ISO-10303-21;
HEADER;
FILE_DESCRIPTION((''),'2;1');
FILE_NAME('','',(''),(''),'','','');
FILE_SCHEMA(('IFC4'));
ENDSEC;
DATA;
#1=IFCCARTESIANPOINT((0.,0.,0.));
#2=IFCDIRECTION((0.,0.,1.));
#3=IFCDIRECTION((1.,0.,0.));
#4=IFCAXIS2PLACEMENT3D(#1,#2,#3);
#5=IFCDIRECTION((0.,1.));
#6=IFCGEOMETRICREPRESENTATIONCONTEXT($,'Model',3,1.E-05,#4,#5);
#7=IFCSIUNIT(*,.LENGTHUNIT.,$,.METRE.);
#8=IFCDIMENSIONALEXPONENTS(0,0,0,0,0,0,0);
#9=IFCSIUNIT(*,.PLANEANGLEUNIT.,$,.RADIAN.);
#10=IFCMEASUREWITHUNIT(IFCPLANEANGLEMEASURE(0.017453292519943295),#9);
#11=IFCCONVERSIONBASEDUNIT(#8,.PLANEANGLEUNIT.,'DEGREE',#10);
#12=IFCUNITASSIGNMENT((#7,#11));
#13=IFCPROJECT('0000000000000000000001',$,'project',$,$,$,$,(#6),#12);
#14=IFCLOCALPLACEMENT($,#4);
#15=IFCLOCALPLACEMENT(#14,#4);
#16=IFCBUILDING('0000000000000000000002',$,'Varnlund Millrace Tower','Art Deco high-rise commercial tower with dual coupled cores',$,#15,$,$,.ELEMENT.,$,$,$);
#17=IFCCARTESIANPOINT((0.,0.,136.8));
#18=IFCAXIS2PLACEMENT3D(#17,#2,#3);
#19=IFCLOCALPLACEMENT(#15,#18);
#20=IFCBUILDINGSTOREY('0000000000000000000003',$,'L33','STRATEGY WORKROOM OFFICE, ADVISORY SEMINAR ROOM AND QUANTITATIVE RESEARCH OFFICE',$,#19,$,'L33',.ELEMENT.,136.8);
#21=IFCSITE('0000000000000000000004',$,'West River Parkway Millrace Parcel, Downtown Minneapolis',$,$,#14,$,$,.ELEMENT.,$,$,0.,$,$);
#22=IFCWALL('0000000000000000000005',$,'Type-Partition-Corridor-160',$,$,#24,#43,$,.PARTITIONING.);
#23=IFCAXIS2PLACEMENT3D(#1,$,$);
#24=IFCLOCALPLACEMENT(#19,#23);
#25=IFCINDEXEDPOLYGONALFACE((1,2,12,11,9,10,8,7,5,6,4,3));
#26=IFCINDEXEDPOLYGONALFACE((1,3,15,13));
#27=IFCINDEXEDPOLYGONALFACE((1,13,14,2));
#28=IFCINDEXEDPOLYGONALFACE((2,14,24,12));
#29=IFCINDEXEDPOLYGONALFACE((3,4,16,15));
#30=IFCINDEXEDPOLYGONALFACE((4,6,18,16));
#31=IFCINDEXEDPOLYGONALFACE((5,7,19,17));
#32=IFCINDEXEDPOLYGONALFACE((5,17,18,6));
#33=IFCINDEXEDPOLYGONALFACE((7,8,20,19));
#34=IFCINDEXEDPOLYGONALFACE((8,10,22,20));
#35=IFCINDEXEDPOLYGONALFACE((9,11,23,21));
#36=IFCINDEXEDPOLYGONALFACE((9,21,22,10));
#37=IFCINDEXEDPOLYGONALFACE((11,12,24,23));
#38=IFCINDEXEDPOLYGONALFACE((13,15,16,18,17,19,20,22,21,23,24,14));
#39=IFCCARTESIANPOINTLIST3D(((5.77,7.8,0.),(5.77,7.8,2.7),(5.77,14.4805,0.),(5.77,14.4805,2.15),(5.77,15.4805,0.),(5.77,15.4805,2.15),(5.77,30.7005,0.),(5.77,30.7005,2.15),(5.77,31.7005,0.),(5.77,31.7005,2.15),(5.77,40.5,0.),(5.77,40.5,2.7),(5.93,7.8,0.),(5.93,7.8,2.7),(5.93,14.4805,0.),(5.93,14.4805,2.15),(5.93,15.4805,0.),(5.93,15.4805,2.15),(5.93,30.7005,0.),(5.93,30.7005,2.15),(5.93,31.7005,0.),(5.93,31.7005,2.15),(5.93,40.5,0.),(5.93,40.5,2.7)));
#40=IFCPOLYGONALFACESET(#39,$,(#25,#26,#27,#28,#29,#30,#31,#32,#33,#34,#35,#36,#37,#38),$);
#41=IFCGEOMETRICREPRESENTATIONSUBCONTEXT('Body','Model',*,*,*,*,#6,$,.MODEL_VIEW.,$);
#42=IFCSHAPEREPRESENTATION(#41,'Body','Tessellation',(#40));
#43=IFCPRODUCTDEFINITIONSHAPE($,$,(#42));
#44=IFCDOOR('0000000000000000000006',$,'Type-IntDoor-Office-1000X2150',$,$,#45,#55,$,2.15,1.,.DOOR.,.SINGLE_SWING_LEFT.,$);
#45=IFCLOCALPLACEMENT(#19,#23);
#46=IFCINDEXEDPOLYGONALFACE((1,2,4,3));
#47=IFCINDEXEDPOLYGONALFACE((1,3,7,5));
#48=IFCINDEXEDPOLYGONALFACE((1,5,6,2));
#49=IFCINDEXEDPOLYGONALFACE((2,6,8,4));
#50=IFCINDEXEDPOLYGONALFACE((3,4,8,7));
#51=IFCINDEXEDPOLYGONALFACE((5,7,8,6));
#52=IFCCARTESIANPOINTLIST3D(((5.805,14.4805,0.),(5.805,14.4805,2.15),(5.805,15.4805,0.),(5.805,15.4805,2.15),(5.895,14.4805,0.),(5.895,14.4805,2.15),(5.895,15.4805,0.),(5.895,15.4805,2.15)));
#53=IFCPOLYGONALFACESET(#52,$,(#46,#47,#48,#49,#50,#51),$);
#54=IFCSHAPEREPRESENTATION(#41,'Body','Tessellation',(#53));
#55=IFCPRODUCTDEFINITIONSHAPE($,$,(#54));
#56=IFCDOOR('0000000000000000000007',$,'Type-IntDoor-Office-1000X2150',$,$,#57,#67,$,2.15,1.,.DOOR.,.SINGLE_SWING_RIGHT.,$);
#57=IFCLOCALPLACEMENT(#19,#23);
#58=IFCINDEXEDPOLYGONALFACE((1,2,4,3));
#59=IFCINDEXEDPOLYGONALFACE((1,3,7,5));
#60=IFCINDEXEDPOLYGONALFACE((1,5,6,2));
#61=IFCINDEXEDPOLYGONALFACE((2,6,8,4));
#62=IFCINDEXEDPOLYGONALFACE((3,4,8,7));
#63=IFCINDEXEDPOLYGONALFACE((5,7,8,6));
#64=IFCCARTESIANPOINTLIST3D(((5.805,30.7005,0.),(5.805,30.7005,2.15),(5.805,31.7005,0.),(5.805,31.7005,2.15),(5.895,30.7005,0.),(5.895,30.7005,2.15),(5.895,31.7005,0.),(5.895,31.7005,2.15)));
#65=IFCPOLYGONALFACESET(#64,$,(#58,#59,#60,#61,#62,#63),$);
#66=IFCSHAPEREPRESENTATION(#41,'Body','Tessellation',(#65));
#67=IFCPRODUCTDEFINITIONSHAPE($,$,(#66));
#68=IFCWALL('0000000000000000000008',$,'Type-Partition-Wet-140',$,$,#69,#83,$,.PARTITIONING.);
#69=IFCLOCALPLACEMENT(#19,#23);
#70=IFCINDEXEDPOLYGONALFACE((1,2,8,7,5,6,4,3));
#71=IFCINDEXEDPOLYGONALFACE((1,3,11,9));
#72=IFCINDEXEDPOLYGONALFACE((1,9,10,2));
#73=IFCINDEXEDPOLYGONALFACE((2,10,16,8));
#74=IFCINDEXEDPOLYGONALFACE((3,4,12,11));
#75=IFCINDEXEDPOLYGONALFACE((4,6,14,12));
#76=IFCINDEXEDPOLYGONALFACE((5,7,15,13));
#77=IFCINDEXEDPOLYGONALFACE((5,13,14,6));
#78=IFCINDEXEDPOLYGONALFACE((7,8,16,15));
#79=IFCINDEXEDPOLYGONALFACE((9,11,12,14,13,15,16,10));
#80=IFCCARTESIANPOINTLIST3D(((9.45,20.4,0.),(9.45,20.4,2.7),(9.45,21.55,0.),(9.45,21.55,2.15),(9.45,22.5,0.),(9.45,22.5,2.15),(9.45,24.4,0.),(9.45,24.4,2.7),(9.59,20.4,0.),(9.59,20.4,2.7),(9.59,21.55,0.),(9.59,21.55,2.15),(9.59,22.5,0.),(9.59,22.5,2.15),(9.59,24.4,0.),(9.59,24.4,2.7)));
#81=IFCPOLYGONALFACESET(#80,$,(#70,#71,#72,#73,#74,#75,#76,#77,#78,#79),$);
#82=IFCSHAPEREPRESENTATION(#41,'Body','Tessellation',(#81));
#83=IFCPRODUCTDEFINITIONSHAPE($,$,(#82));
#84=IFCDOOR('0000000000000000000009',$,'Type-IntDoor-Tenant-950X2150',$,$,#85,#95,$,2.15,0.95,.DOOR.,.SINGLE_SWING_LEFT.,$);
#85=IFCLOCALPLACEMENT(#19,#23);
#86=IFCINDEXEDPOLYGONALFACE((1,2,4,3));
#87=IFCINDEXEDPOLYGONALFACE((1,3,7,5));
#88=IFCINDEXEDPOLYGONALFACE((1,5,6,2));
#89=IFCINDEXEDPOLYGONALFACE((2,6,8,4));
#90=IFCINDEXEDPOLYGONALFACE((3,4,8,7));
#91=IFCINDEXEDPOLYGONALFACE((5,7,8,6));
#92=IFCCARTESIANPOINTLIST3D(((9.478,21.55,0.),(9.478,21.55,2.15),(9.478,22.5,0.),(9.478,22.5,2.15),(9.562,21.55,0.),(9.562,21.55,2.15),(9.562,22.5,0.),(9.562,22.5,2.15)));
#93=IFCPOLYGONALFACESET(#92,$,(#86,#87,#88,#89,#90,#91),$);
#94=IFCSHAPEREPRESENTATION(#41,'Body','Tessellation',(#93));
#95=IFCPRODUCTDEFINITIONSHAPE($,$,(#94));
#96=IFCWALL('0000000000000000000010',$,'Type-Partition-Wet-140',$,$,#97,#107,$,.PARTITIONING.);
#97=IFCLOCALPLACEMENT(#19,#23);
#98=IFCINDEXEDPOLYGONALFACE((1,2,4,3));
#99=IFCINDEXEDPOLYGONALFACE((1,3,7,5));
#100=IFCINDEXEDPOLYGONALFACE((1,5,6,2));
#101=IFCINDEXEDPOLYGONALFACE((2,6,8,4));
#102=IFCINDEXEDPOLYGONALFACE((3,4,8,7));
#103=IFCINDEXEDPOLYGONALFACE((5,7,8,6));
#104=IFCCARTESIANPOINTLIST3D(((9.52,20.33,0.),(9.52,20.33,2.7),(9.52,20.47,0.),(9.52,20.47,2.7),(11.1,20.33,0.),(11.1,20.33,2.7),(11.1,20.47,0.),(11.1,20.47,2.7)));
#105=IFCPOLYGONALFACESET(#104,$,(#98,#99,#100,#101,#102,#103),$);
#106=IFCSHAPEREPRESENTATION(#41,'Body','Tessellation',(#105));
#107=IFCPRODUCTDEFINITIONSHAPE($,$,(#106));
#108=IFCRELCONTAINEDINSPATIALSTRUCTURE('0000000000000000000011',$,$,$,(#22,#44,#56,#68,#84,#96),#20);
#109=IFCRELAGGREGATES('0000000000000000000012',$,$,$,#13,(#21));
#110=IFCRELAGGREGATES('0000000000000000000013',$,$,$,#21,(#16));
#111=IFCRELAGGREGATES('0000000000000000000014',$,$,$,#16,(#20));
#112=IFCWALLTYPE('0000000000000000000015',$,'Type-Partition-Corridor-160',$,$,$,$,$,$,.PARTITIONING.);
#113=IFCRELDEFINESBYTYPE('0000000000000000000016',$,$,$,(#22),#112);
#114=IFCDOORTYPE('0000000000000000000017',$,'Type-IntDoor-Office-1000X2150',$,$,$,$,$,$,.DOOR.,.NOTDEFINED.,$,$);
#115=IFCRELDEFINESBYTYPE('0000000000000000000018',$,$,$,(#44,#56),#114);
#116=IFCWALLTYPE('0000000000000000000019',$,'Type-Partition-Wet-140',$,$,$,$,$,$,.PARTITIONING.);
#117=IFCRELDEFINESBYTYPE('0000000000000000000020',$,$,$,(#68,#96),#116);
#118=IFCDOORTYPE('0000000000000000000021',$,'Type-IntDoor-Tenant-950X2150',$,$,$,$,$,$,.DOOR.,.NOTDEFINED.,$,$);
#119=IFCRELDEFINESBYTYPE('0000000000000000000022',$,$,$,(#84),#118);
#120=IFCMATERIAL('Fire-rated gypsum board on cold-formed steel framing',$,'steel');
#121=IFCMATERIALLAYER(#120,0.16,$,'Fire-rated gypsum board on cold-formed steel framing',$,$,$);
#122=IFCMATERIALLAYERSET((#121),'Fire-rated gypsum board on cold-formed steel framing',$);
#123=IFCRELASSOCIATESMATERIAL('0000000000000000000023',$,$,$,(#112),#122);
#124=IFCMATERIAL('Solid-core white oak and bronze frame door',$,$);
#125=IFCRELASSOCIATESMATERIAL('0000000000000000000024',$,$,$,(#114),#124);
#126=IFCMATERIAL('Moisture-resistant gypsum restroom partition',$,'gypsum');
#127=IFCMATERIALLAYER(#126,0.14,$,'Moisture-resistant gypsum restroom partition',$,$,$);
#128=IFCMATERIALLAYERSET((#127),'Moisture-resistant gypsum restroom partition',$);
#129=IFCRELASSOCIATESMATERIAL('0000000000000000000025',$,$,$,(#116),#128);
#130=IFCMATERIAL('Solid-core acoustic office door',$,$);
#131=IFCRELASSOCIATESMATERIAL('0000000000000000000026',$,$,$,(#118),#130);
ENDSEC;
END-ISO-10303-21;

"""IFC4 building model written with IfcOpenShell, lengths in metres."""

from ifc_helpers import new_model, entity, si_unit, converted_unit, direction, frame, origin_with_axes, origin_2d_with_axis, place, context, subcontext, project, spatial, polyline, rectangle, outline, extrude, material, layer, layer_set, type_object, element, fill, save


model = new_model("IFC4")

# Units and contexts
model_context = context("Model", 3, precision=1e-05, world=origin_with_axes(), true_north=direction((0.0, 1.0)))
body_context = subcontext(model_context, "Body", "Model", "MODEL_VIEW")
ifc_project = project(units=[si_unit("LENGTHUNIT", "METRE"), converted_unit("PLANEANGLEUNIT", "DEGREE", entity("IfcPlaneAngleMeasure", 0.017453292519943295), si_unit("PLANEANGLEUNIT", "RADIAN"), dimensions=[0, 0, 0, 0, 0, 0, 0])], contexts=[model_context])

# Site, building, storey
site_placement = place(None, origin_with_axes())
site = spatial("IfcSite", under=ifc_project, at=site_placement, Name="West River Parkway Millrace Parcel, Downtown Minneapolis", CompositionType="ELEMENT", RefElevation=0.0)
building_placement = place(site_placement, origin_with_axes())
building = spatial("IfcBuilding", under=site, at=building_placement, Name="Varnlund Millrace Tower", Description="Art Deco high-rise commercial tower with dual coupled cores", CompositionType="ELEMENT")
storey_placement = place(building_placement, frame((0.0, 0.0, 136.8), z_axis=(0.0, 0.0, 1.0), x_axis=(1.0, 0.0, 0.0)))
storey = spatial("IfcBuildingStorey", under=building, at=storey_placement, Name="L33", Description="STRATEGY WORKROOM OFFICE, ADVISORY SEMINAR ROOM AND QUANTITATIVE RESEARCH OFFICE", LongName="L33", CompositionType="ELEMENT", Elevation=136.8)

# Shared definitions
ifc_material_1 = material(Name="Fire-rated gypsum board on cold-formed steel framing", Category="steel")
ifc_layer_1 = layer(ifc_material_1, 0.16, Name="Fire-rated gypsum board on cold-formed steel framing")
ifc_layer_set_1 = layer_set([ifc_layer_1], Name="Fire-rated gypsum board on cold-formed steel framing")
wall_type_1 = type_object("IfcWallType", Name="Type-Partition-Corridor-160", PredefinedType="PARTITIONING", material=ifc_layer_set_1)

# Wall, openings, doors
wall_1_placement = place(storey_placement, frame((5.85, 7.8, 0.0), z_axis=(0.0, 0.0, 1.0), x_axis=(0.0, 1.0, 0.0)))
wall_1 = element("IfcWall", 1, at=wall_1_placement, inside=storey, type_object=wall_type_1, Name="Type-Partition-Corridor-160", PredefinedType="PARTITIONING", context=body_context, shape_type="SweptSolid", body=[
    extrude(outline(polyline([(0.0, -0.08), (32.7, -0.08), (32.7, 0.08), (0.0, 0.08), (0.0, -0.08)])), origin_with_axes(), (0.0, 0.0, 1.0), 2.7),
])
opening_1_placement = place(wall_1_placement, frame((7.1805, 0.0, 0.0), z_axis=(0.0, 0.0, 1.0), x_axis=(1.0, 0.0, 0.0)))
opening_1 = element("IfcOpeningElement", 2, at=opening_1_placement, cuts=wall_1, PredefinedType="OPENING", context=body_context, shape_type="SweptSolid", body=[
    extrude(rectangle(XDim=1.0, YDim=0.18, at=origin_2d_with_axis()), origin_with_axes(), (0.0, 0.0, 1.0), 2.15),
])
opening_2_placement = place(wall_1_placement, frame((23.4005, 0.0, 0.0), z_axis=(0.0, 0.0, 1.0), x_axis=(1.0, 0.0, 0.0)))
opening_2 = element("IfcOpeningElement", 3, at=opening_2_placement, cuts=wall_1, PredefinedType="OPENING", context=body_context, shape_type="SweptSolid", body=[
    extrude(rectangle(XDim=1.0, YDim=0.18, at=origin_2d_with_axis()), origin_with_axes(), (0.0, 0.0, 1.0), 2.15),
])
ifc_material_2 = material(Name="Solid-core white oak and bronze frame door")
door_type_1 = type_object("IfcDoorType", Name="Type-IntDoor-Office-1000X2150", OperationType="NOTDEFINED", PredefinedType="DOOR", material=ifc_material_2)
door_1_placement = place(wall_1_placement, frame((7.1805, 0.0, 0.0), z_axis=(0.0, 0.0, 1.0), x_axis=(1.0, 0.0, 0.0)))
door_1 = element("IfcDoor", 4, at=door_1_placement, inside=storey, type_object=door_type_1, Name="Type-IntDoor-Office-1000X2150", OperationType="SINGLE_SWING_LEFT", OverallHeight=2.15, OverallWidth=1.0, PredefinedType="DOOR", context=body_context, shape_type="SweptSolid", body=[
    extrude(rectangle(XDim=1.0, YDim=0.09, at=origin_2d_with_axis()), origin_with_axes(), (0.0, 0.0, 1.0), 2.15),
])
fill(opening_1, door_1)
door_2_placement = place(wall_1_placement, frame((23.4005, 0.0, 0.0), z_axis=(0.0, 0.0, 1.0), x_axis=(1.0, 0.0, 0.0)))
door_2 = element("IfcDoor", 5, at=door_2_placement, inside=storey, type_object=door_type_1, Name="Type-IntDoor-Office-1000X2150", OperationType="SINGLE_SWING_RIGHT", OverallHeight=2.15, OverallWidth=1.0, PredefinedType="DOOR", context=body_context, shape_type="SweptSolid", body=[
    extrude(rectangle(XDim=1.0, YDim=0.09, at=origin_2d_with_axis()), origin_with_axes(), (0.0, 0.0, 1.0), 2.15),
])
fill(opening_2, door_2)

# Wall, opening, door
ifc_material_3 = material(Name="Moisture-resistant gypsum restroom partition", Category="gypsum")
ifc_layer_2 = layer(ifc_material_3, 0.14, Name="Moisture-resistant gypsum restroom partition")
ifc_layer_set_2 = layer_set([ifc_layer_2], Name="Moisture-resistant gypsum restroom partition")
wall_type_2 = type_object("IfcWallType", Name="Type-Partition-Wet-140", PredefinedType="PARTITIONING", material=ifc_layer_set_2)
wall_2_placement = place(storey_placement, frame((9.52, 20.4, 0.0), z_axis=(0.0, 0.0, 1.0), x_axis=(0.0, 1.0, 0.0)))
wall_2 = element("IfcWall", 6, at=wall_2_placement, inside=storey, type_object=wall_type_2, Name="Type-Partition-Wet-140", PredefinedType="PARTITIONING", context=body_context, shape_type="SweptSolid", body=[
    extrude(outline(polyline([(0.0, -0.07), (4.0, -0.07), (4.0, 0.07), (0.0, 0.07), (0.0, -0.07)])), origin_with_axes(), (0.0, 0.0, 1.0), 2.7),
])
opening_3_placement = place(wall_2_placement, frame((1.625, 0.0, 0.0), z_axis=(0.0, 0.0, 1.0), x_axis=(1.0, 0.0, 0.0)))
opening_3 = element("IfcOpeningElement", 7, at=opening_3_placement, cuts=wall_2, PredefinedType="OPENING", context=body_context, shape_type="SweptSolid", body=[
    extrude(rectangle(XDim=0.95, YDim=0.16, at=origin_2d_with_axis()), origin_with_axes(), (0.0, 0.0, 1.0), 2.15),
])
ifc_material_4 = material(Name="Solid-core acoustic office door")
door_type_2 = type_object("IfcDoorType", Name="Type-IntDoor-Tenant-950X2150", OperationType="NOTDEFINED", PredefinedType="DOOR", material=ifc_material_4)
door_3_placement = place(wall_2_placement, frame((1.625, 0.0, 0.0), z_axis=(0.0, 0.0, 1.0), x_axis=(1.0, 0.0, 0.0)))
door_3 = element("IfcDoor", 8, at=door_3_placement, inside=storey, type_object=door_type_2, Name="Type-IntDoor-Tenant-950X2150", OperationType="SINGLE_SWING_LEFT", OverallHeight=2.15, OverallWidth=0.95, PredefinedType="DOOR", context=body_context, shape_type="SweptSolid", body=[
    extrude(rectangle(XDim=0.95, YDim=0.084, at=origin_2d_with_axis()), origin_with_axes(), (0.0, 0.0, 1.0), 2.15),
])
fill(opening_3, door_3)

# Wall
wall_3_placement = place(storey_placement, frame((9.52, 20.4, 0.0), z_axis=(0.0, 0.0, 1.0), x_axis=(1.0, 0.0, 0.0)))
element("IfcWall", 9, at=wall_3_placement, inside=storey, type_object=wall_type_2, Name="Type-Partition-Wet-140", PredefinedType="PARTITIONING", context=body_context, shape_type="SweptSolid", body=[
    extrude(outline(polyline([(0.0, -0.07), (1.58, -0.07), (1.58, 0.07), (0.0, 0.07), (0.0, -0.07)])), origin_with_axes(), (0.0, 0.0, 1.0), 2.7),
])

save(model, "model.ifc")
